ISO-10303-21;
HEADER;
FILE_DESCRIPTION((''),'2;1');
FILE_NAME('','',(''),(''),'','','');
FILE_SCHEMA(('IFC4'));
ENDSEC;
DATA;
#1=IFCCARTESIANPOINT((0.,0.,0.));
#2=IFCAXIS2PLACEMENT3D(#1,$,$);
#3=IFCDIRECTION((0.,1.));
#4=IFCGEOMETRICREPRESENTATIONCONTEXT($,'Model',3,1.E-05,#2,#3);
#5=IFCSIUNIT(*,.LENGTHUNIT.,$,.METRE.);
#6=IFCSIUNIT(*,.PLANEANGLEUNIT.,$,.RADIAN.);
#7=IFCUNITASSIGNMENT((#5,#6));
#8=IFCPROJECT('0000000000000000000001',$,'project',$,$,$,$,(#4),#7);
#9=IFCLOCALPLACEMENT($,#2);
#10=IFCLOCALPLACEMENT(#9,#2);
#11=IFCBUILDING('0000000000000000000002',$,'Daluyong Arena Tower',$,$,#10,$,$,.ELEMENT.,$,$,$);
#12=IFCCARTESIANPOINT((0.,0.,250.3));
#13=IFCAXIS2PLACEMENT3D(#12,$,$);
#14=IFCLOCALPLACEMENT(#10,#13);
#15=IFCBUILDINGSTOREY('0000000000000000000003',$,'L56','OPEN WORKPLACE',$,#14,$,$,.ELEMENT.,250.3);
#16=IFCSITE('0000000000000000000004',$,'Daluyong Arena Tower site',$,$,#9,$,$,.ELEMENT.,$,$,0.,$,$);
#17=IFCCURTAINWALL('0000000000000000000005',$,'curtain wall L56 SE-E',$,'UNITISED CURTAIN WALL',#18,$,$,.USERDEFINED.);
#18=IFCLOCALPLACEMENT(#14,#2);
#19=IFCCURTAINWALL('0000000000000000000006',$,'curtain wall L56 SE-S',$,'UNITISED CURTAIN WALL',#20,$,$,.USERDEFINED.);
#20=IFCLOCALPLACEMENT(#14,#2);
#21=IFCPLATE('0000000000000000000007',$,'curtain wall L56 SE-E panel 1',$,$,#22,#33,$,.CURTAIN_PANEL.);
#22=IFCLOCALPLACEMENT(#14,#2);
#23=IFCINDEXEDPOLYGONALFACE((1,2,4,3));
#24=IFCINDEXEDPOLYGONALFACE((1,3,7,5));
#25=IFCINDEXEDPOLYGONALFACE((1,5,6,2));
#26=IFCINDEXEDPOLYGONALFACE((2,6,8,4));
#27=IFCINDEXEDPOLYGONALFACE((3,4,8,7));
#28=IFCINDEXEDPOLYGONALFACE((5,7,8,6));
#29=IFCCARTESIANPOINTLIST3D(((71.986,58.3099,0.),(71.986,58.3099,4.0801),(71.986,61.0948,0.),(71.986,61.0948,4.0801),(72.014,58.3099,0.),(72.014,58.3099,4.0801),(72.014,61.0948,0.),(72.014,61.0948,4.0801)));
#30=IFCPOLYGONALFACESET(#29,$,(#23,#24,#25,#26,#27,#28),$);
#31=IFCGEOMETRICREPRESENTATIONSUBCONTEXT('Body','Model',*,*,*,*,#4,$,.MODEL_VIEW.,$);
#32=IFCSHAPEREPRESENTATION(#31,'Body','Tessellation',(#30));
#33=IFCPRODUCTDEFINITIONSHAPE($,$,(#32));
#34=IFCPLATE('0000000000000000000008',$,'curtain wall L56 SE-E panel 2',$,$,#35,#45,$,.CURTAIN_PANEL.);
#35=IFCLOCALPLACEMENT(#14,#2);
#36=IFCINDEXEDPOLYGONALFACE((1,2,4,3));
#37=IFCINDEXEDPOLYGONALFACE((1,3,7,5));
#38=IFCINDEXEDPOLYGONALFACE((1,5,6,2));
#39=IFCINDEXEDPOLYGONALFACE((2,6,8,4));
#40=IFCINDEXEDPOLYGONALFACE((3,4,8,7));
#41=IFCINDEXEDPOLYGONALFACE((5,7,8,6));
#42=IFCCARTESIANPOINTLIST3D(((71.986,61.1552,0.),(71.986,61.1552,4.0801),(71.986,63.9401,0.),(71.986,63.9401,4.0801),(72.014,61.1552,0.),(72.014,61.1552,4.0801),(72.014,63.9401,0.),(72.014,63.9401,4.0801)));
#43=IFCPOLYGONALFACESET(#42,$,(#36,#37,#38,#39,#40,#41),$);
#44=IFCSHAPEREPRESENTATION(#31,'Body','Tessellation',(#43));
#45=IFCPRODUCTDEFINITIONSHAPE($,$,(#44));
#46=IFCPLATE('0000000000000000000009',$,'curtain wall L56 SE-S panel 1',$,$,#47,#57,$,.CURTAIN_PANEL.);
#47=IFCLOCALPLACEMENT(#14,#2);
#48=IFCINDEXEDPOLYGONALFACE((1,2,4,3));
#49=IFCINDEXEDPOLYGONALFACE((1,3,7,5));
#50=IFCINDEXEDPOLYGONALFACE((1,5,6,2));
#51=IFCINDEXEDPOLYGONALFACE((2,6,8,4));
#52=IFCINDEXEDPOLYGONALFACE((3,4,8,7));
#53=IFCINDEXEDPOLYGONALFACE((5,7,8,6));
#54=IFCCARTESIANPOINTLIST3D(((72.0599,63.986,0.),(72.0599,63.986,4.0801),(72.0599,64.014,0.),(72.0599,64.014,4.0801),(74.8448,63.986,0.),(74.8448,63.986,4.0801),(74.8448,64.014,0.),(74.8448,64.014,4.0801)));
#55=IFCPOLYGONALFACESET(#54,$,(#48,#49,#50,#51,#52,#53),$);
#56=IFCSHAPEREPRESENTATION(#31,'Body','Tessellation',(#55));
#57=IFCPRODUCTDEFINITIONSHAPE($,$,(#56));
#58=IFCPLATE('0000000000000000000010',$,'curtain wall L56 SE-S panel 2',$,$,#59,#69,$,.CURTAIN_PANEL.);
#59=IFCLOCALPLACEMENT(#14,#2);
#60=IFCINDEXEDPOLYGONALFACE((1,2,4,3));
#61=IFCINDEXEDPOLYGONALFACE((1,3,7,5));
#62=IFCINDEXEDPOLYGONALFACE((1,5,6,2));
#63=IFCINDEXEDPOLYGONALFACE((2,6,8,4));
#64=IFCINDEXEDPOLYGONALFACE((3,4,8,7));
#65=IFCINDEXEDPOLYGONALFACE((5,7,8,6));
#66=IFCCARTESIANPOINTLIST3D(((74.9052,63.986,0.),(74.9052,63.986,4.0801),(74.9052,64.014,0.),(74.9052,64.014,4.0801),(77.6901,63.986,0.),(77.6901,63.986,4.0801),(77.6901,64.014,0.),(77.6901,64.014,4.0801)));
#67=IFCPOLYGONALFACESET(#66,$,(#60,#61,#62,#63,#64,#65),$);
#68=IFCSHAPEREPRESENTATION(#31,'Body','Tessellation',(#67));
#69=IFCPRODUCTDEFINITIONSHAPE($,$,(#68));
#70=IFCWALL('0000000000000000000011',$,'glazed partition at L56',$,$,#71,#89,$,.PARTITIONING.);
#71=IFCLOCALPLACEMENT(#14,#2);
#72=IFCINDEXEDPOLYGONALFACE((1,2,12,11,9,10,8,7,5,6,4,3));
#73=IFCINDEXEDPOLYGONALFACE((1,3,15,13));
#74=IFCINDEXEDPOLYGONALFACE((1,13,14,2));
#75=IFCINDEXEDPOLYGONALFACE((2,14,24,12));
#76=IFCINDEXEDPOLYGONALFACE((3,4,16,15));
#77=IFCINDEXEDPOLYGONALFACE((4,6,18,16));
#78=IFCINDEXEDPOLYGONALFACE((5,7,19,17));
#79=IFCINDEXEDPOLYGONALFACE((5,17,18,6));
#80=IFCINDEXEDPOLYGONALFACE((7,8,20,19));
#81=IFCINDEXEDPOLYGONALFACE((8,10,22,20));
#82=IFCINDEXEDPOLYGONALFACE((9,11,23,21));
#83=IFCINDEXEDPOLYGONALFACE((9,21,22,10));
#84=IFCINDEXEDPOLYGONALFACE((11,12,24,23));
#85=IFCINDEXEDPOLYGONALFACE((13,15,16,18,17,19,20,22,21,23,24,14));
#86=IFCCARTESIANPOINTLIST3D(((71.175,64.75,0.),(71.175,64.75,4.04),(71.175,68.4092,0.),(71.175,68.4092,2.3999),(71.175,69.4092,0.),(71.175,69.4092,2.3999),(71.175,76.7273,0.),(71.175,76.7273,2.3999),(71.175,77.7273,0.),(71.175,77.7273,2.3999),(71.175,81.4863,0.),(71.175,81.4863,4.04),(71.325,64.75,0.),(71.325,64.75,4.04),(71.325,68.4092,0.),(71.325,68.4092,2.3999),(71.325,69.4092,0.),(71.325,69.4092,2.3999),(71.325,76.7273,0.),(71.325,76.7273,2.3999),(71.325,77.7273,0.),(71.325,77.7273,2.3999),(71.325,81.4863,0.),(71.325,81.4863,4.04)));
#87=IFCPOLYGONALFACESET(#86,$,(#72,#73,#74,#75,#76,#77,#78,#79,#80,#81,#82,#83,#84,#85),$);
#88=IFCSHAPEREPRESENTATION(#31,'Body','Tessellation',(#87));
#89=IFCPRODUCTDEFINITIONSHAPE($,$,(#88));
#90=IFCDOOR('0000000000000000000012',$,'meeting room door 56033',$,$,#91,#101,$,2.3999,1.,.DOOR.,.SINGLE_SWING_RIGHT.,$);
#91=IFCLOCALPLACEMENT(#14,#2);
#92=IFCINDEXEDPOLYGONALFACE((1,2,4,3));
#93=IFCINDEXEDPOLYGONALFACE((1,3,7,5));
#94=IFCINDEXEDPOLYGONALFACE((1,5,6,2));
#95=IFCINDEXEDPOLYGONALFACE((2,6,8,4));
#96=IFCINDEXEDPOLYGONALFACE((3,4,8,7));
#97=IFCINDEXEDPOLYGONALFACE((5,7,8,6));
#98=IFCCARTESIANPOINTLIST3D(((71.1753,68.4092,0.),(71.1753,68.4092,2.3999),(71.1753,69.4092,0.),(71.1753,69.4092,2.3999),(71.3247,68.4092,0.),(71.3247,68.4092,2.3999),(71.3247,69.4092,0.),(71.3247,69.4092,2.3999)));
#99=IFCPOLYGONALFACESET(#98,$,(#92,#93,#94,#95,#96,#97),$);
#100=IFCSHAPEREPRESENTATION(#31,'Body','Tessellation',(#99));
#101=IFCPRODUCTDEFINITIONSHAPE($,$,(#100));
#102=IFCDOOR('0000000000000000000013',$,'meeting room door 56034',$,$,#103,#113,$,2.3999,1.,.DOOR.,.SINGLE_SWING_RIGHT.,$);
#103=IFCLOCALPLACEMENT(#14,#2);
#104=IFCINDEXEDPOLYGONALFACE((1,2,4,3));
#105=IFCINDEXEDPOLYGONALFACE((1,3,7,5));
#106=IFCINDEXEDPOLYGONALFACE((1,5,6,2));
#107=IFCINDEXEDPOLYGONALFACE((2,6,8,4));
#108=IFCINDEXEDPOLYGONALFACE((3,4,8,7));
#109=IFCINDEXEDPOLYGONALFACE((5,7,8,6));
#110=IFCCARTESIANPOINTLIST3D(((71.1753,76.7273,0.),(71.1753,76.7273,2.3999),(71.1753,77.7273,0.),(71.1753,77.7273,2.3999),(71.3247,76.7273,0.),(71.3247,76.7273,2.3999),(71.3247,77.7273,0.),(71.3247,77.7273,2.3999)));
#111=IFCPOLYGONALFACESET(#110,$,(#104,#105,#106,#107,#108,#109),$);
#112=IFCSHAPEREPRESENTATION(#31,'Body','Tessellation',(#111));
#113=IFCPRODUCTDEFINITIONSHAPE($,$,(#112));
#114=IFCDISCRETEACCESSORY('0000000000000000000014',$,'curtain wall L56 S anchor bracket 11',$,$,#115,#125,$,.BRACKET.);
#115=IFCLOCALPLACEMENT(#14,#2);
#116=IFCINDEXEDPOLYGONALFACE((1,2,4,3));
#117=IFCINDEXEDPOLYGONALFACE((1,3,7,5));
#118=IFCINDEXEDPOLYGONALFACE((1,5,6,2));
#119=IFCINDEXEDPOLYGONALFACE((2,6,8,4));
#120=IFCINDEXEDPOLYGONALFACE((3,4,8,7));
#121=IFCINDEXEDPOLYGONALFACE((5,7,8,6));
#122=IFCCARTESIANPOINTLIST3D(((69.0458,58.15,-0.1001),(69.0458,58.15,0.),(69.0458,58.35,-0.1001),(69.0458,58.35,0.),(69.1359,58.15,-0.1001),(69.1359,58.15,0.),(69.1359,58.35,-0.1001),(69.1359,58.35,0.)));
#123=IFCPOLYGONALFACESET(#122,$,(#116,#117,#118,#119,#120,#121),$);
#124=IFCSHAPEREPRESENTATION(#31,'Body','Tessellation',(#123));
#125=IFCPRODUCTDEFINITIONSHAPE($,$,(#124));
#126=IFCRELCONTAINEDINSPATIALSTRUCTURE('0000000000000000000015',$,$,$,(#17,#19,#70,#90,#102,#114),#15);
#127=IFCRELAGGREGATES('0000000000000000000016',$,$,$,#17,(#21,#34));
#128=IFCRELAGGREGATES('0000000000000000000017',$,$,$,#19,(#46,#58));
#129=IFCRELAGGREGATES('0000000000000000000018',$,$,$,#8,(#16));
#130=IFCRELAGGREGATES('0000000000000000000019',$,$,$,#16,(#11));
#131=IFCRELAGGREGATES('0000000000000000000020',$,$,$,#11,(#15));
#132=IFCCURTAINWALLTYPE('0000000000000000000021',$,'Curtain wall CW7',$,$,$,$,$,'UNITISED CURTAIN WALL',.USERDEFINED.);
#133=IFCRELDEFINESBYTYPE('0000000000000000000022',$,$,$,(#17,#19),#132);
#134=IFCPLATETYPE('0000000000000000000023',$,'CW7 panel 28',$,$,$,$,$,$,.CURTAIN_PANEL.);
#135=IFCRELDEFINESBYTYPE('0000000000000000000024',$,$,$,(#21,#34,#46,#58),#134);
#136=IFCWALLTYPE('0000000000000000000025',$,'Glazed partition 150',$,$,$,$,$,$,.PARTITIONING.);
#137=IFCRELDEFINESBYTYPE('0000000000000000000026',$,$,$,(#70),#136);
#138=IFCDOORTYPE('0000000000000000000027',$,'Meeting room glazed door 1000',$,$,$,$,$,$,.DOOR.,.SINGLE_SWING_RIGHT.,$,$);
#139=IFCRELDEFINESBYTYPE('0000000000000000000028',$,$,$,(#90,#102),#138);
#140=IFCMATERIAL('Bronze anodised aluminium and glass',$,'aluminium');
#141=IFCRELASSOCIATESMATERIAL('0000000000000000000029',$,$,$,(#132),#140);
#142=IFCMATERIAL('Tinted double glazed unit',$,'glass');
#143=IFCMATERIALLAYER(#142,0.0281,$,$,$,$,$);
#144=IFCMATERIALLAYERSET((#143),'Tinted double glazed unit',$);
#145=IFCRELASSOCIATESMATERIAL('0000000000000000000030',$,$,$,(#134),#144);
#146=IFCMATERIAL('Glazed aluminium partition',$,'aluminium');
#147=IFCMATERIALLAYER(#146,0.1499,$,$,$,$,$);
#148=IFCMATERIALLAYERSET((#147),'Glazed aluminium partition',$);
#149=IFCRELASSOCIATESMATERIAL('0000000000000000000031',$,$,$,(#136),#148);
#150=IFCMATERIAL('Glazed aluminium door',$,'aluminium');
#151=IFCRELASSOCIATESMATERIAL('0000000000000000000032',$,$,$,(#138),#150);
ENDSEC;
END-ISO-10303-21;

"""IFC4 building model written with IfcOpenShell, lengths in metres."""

from ifc_helpers import new_model, si_unit, direction, frame, frame_2d, origin, origin_2d, place, context, subcontext, project, spatial, rectangle, extrude, material, layer, layer_set, type_object, element, fill, aggregate, save


model = new_model("IFC4")

# Units and contexts
model_context = context("Model", 3, precision=1e-05, world=origin(), true_north=direction((0.0, 1.0)))
body_context = subcontext(model_context, "Body", "Model", "MODEL_VIEW")
ifc_project = project(units=[si_unit("LENGTHUNIT", "METRE"), si_unit("PLANEANGLEUNIT", "RADIAN")], contexts=[model_context])

# Site, building, storey
site_placement = place(None, origin())
site = spatial("IfcSite", under=ifc_project, at=site_placement, Name="Daluyong Arena Tower site", CompositionType="ELEMENT", RefElevation=0.0)
building_placement = place(site_placement, origin())
building = spatial("IfcBuilding", under=site, at=building_placement, Name="Daluyong Arena Tower", CompositionType="ELEMENT")
storey_placement = place(building_placement, frame((0.0, 0.0, 250.3)))
storey = spatial("IfcBuildingStorey", under=building, at=storey_placement, Name="L56", Description="OPEN WORKPLACE", CompositionType="ELEMENT", Elevation=250.3)

# Curtain walls
ifc_material_1 = material(Name="Bronze anodised aluminium and glass", Category="aluminium")
curtain_wall_type_1 = type_object("IfcCurtainWallType", Name="Curtain wall CW7", ElementType="UNITISED CURTAIN WALL", PredefinedType="USERDEFINED", material=ifc_material_1)
curtain_wall_1_placement = place(storey_placement, origin())
curtain_wall_1 = element("IfcCurtainWall", 1, at=curtain_wall_1_placement, inside=storey, type_object=curtain_wall_type_1, Name="curtain wall L56 SE-E", ObjectType="UNITISED CURTAIN WALL", PredefinedType="USERDEFINED")
curtain_wall_2_placement = place(storey_placement, origin())
curtain_wall_2 = element("IfcCurtainWall", 2, at=curtain_wall_2_placement, inside=storey, type_object=curtain_wall_type_1, Name="curtain wall L56 SE-S", ObjectType="UNITISED CURTAIN WALL", PredefinedType="USERDEFINED")

# Plates
ifc_material_2 = material(Name="Tinted double glazed unit", Category="glass")
ifc_layer_1 = layer(ifc_material_2, 0.0281)
ifc_layer_set_1 = layer_set([ifc_layer_1], Name="Tinted double glazed unit")
plate_type_1 = type_object("IfcPlateType", Name="CW7 panel 28", PredefinedType="CURTAIN_PANEL", material=ifc_layer_set_1)
plate_1_placement = place(storey_placement, frame((72.0, 59.7024, 0.0), z_axis=(0.0, 0.0, 1.0), x_axis=(0.0, 1.0, 0.0)))
plate_1 = element("IfcPlate", 3, at=plate_1_placement, type_object=plate_type_1, Name="curtain wall L56 SE-E panel 1", PredefinedType="CURTAIN_PANEL", context=body_context, shape_type="SweptSolid", body=[
    extrude(rectangle(XDim=2.7849, YDim=0.0281, at=origin_2d()), origin(), (0.0, 0.0, 1.0), 4.0801),
])
plate_2_placement = place(storey_placement, frame((72.0, 62.5476, 0.0), z_axis=(0.0, 0.0, 1.0), x_axis=(0.0, 1.0, 0.0)))
plate_2 = element("IfcPlate", 4, at=plate_2_placement, type_object=plate_type_1, Name="curtain wall L56 SE-E panel 2", PredefinedType="CURTAIN_PANEL", context=body_context, shape_type="SweptSolid", body=[
    extrude(rectangle(XDim=2.7849, YDim=0.0281, at=origin_2d()), origin(), (0.0, 0.0, 1.0), 4.0801),
])
aggregate(curtain_wall_1, [plate_1, plate_2])
plate_3_placement = place(storey_placement, frame((73.4524, 64.0, 0.0), z_axis=(0.0, 0.0, 1.0), x_axis=(1.0, 0.0, 0.0)))
plate_3 = element("IfcPlate", 5, at=plate_3_placement, type_object=plate_type_1, Name="curtain wall L56 SE-S panel 1", PredefinedType="CURTAIN_PANEL", context=body_context, shape_type="SweptSolid", body=[
    extrude(rectangle(XDim=2.7849, YDim=0.0281, at=origin_2d()), origin(), (0.0, 0.0, 1.0), 4.0801),
])
plate_4_placement = place(storey_placement, frame((76.2976, 64.0, 0.0), z_axis=(0.0, 0.0, 1.0), x_axis=(1.0, 0.0, 0.0)))
plate_4 = element("IfcPlate", 6, at=plate_4_placement, type_object=plate_type_1, Name="curtain wall L56 SE-S panel 2", PredefinedType="CURTAIN_PANEL", context=body_context, shape_type="SweptSolid", body=[
    extrude(rectangle(XDim=2.7849, YDim=0.0281, at=origin_2d()), origin(), (0.0, 0.0, 1.0), 4.0801),
])
aggregate(curtain_wall_2, [plate_3, plate_4])

# Wall, openings, doors
ifc_material_3 = material(Name="Glazed aluminium partition", Category="aluminium")
ifc_layer_2 = layer(ifc_material_3, 0.1499)
ifc_layer_set_2 = layer_set([ifc_layer_2], Name="Glazed aluminium partition")
wall_type = type_object("IfcWallType", Name="Glazed partition 150", PredefinedType="PARTITIONING", material=ifc_layer_set_2)
wall_placement = place(storey_placement, frame((71.25, 64.75, 0.0), z_axis=(0.0, 0.0, 1.0), x_axis=(0.0, 1.0, 0.0)))
wall = element("IfcWall", 7, at=wall_placement, inside=storey, type_object=wall_type, Name="glazed partition at L56", PredefinedType="PARTITIONING", context=body_context, shape_type="SweptSolid", body=[
    extrude(rectangle(XDim=16.7363, YDim=0.1499, at=frame_2d((8.3682, 0.0))), origin(), (0.0, 0.0, 1.0), 4.04),
])
opening_1_placement = place(wall_placement, frame((3.6592, 0.0, 0.0)))
opening_1 = element("IfcOpeningElement", 8, at=opening_1_placement, cuts=wall, PredefinedType="OPENING", context=body_context, shape_type="SweptSolid", body=[
    extrude(rectangle(XDim=1.0, YDim=2.3999, at=frame_2d((0.5, 1.2))), frame((0.0, 0.085, 0.0), z_axis=(0.0, -1.0, 0.0), x_axis=(1.0, 0.0, 0.0)), (0.0, 0.0, 1.0), 0.1699),
])
opening_2_placement = place(wall_placement, frame((11.9773, 0.0, 0.0)))
opening_2 = element("IfcOpeningElement", 9, at=opening_2_placement, cuts=wall, PredefinedType="OPENING", context=body_context, shape_type="SweptSolid", body=[
    extrude(rectangle(XDim=1.0, YDim=2.3999, at=frame_2d((0.5, 1.2))), frame((0.0, 0.085, 0.0), z_axis=(0.0, -1.0, 0.0), x_axis=(1.0, 0.0, 0.0)), (0.0, 0.0, 1.0), 0.1699),
])
ifc_material_4 = material(Name="Glazed aluminium door", Category="aluminium")
door_type = type_object("IfcDoorType", Name="Meeting room glazed door 1000", OperationType="SINGLE_SWING_RIGHT", PredefinedType="DOOR", material=ifc_material_4)
door_1_placement = place(opening_1_placement, origin())
door_1 = element("IfcDoor", 10, at=door_1_placement, inside=storey, type_object=door_type, Name="meeting room door 56033", OperationType="SINGLE_SWING_RIGHT", OverallHeight=2.3999, OverallWidth=1.0, PredefinedType="DOOR", context=body_context, shape_type="SweptSolid", body=[
    extrude(rectangle(XDim=1.0, YDim=2.3999, at=frame_2d((0.5, 1.2))), frame((0.0, 0.0747, 0.0), z_axis=(0.0, -1.0, 0.0), x_axis=(1.0, 0.0, 0.0)), (0.0, 0.0, 1.0), 0.1494),
])
fill(opening_1, door_1)
door_2_placement = place(opening_2_placement, origin())
door_2 = element("IfcDoor", 11, at=door_2_placement, inside=storey, type_object=door_type, Name="meeting room door 56034", OperationType="SINGLE_SWING_RIGHT", OverallHeight=2.3999, OverallWidth=1.0, PredefinedType="DOOR", context=body_context, shape_type="SweptSolid", body=[
    extrude(rectangle(XDim=1.0, YDim=2.3999, at=frame_2d((0.5, 1.2))), frame((0.0, 0.0747, 0.0), z_axis=(0.0, -1.0, 0.0), x_axis=(1.0, 0.0, 0.0)), (0.0, 0.0, 1.0), 0.1494),
])
fill(opening_2, door_2)

# Discrete accessory
discrete_accessory_placement = place(storey_placement, frame((69.0908, 58.25, -0.1001), z_axis=(0.0, 0.0, 1.0), x_axis=(1.0, 0.0, 0.0)))
element("IfcDiscreteAccessory", 12, at=discrete_accessory_placement, inside=storey, Name="curtain wall L56 S anchor bracket 11", PredefinedType="BRACKET", context=body_context, shape_type="SweptSolid", body=[
    extrude(rectangle(XDim=0.0901, YDim=0.2, at=origin_2d()), origin(), (0.0, 0.0, 1.0), 0.1001),
])

save(model, "model.ifc")
